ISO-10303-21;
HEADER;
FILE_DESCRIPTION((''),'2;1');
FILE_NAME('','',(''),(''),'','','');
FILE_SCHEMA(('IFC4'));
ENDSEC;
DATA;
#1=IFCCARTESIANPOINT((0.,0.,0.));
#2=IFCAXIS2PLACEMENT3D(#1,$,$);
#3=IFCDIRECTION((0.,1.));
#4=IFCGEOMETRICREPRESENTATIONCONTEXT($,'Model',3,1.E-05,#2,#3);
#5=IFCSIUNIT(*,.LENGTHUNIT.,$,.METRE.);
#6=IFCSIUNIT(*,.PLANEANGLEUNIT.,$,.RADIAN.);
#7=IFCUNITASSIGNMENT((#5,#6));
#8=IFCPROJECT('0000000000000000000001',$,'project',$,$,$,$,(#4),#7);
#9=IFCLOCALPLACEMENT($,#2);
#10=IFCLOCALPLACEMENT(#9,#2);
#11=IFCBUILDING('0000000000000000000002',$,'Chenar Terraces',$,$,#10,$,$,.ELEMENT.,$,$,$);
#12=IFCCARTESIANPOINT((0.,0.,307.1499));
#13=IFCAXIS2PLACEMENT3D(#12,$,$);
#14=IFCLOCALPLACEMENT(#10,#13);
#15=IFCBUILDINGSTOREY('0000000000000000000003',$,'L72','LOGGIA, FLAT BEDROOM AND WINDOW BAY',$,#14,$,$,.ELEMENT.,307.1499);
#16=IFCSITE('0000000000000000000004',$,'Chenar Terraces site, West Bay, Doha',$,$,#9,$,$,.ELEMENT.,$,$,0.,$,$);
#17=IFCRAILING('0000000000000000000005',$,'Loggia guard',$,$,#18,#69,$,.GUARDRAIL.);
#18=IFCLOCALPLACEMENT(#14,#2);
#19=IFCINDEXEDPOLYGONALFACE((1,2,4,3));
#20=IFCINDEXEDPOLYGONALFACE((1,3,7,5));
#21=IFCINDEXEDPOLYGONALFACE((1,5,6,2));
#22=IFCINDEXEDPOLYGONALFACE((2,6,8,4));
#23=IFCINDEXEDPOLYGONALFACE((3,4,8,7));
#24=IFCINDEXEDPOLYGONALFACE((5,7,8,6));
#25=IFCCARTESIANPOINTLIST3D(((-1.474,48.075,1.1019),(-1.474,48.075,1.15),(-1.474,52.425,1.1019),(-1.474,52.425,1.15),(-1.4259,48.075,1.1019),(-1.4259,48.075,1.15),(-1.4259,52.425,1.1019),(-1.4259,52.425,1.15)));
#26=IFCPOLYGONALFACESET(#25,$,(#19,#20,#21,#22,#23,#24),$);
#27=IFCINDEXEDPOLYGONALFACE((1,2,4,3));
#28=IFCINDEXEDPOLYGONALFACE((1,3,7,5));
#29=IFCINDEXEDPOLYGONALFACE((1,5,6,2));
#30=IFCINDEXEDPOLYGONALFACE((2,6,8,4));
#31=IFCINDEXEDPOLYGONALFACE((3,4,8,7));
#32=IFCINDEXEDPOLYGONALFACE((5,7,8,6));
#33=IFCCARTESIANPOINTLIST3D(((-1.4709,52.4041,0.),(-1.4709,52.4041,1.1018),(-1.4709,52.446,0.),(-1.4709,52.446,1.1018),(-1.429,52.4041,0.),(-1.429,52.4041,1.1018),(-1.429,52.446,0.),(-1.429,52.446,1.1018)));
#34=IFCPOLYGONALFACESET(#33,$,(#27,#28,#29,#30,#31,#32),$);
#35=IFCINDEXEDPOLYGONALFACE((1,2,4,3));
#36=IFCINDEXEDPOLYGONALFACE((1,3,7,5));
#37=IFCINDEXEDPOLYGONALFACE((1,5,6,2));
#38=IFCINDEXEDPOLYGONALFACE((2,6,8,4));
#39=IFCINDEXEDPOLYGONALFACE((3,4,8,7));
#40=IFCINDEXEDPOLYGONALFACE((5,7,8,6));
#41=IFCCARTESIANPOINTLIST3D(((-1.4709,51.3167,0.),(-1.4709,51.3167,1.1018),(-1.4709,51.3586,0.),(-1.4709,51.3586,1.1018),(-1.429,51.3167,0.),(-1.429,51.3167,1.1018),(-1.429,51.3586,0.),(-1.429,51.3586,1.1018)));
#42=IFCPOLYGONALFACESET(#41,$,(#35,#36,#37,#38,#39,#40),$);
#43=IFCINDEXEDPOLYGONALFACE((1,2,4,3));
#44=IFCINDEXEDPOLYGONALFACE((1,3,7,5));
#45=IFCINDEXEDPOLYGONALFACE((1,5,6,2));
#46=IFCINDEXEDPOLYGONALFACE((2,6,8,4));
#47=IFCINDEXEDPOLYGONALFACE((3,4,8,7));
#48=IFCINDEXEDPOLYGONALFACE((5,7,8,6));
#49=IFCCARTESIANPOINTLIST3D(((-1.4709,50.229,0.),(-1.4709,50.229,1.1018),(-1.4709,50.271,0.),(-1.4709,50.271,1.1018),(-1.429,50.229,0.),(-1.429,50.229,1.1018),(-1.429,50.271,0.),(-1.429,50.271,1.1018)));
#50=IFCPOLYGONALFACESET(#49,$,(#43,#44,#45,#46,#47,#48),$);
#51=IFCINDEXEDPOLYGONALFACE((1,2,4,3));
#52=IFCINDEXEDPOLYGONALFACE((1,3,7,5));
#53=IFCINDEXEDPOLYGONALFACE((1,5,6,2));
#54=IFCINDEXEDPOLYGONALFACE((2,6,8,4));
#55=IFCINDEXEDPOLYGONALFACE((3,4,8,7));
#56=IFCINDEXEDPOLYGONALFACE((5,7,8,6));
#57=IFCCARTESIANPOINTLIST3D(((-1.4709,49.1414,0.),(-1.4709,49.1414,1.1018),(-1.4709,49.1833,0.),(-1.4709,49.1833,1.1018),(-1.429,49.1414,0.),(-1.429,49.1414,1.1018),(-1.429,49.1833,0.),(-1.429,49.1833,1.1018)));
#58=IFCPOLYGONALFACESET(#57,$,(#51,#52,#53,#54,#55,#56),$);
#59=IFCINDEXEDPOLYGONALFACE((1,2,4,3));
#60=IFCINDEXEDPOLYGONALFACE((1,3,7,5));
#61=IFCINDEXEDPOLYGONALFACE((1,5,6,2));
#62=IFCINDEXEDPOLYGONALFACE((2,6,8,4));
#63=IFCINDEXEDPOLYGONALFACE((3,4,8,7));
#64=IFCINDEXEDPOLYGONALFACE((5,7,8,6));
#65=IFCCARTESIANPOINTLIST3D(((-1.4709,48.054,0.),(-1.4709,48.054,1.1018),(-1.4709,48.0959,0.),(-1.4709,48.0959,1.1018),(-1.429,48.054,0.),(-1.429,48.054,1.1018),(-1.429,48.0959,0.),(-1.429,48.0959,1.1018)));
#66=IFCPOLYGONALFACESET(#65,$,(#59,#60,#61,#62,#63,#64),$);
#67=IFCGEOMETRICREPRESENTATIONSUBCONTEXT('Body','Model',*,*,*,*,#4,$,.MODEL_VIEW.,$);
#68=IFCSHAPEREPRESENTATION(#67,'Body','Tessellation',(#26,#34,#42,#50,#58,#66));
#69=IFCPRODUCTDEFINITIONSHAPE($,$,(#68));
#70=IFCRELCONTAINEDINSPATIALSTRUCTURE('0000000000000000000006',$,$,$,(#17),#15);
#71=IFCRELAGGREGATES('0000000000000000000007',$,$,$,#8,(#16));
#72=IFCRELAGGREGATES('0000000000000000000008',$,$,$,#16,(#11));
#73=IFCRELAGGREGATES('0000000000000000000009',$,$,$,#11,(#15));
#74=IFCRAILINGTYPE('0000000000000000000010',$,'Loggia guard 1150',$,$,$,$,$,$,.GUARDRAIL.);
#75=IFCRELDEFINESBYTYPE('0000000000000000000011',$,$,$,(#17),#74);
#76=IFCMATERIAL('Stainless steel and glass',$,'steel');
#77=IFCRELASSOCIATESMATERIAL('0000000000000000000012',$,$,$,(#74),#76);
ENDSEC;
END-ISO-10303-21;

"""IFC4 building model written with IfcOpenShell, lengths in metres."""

from ifc_helpers import new_model, si_unit, direction, frame, origin, origin_2d, place, context, subcontext, project, spatial, rectangle, extrude, material, type_object, element, save


model = new_model("IFC4")

# Units and contexts
model_context = context("Model", 3, precision=1e-05, world=origin(), true_north=direction((0.0, 1.0)))
body_context = subcontext(model_context, "Body", "Model", "MODEL_VIEW")
ifc_project = project(units=[si_unit("LENGTHUNIT", "METRE"), si_unit("PLANEANGLEUNIT", "RADIAN")], contexts=[model_context])

# Site, building, storey
site_placement = place(None, origin())
site = spatial("IfcSite", under=ifc_project, at=site_placement, Name="Chenar Terraces site, West Bay, Doha", CompositionType="ELEMENT", RefElevation=0.0)
building_placement = place(site_placement, origin())
building = spatial("IfcBuilding", under=site, at=building_placement, Name="Chenar Terraces", CompositionType="ELEMENT")
storey_placement = place(building_placement, frame((0.0, 0.0, 307.1499)))
storey = spatial("IfcBuildingStorey", under=building, at=storey_placement, Name="L72", Description="LOGGIA, FLAT BEDROOM AND WINDOW BAY", CompositionType="ELEMENT", Elevation=307.1499)

# Railing
ifc_material_1 = material(Name="Stainless steel and glass", Category="steel")
railing_type = type_object("IfcRailingType", Name="Loggia guard 1150", PredefinedType="GUARDRAIL", material=ifc_material_1)
railing_1_placement = place(storey_placement, frame((-1.45, 52.425, 0.0)))
element("IfcRailing", 1, at=railing_1_placement, inside=storey, type_object=railing_type, Name="Loggia guard", PredefinedType="GUARDRAIL", context=body_context, shape_type="SweptSolid", body=[
    extrude(rectangle(XDim=0.0481, YDim=0.0481, at=origin_2d()), frame((0.0, 0.0, 1.126), z_axis=(0.0, -1.0, 0.0), x_axis=(1.0, 0.0, 0.0)), (0.0, 0.0, 1.0), 4.3501),
    extrude(rectangle(XDim=0.042, YDim=0.042, at=origin_2d()), origin(), (0.0, 0.0, 1.0), 1.1018),
    extrude(rectangle(XDim=0.042, YDim=0.042, at=origin_2d()), frame((0.0, -1.0874, 0.0)), (0.0, 0.0, 1.0), 1.1018),
    extrude(rectangle(XDim=0.042, YDim=0.042, at=origin_2d()), frame((0.0, -2.175, 0.0)), (0.0, 0.0, 1.0), 1.1018),
    extrude(rectangle(XDim=0.042, YDim=0.042, at=origin_2d()), frame((0.0, -3.2627, 0.0)), (0.0, 0.0, 1.0), 1.1018),
    extrude(rectangle(XDim=0.042, YDim=0.042, at=origin_2d()), frame((0.0, -4.3501, 0.0)), (0.0, 0.0, 1.0), 1.1018),
])

save(model, "model.ifc")
